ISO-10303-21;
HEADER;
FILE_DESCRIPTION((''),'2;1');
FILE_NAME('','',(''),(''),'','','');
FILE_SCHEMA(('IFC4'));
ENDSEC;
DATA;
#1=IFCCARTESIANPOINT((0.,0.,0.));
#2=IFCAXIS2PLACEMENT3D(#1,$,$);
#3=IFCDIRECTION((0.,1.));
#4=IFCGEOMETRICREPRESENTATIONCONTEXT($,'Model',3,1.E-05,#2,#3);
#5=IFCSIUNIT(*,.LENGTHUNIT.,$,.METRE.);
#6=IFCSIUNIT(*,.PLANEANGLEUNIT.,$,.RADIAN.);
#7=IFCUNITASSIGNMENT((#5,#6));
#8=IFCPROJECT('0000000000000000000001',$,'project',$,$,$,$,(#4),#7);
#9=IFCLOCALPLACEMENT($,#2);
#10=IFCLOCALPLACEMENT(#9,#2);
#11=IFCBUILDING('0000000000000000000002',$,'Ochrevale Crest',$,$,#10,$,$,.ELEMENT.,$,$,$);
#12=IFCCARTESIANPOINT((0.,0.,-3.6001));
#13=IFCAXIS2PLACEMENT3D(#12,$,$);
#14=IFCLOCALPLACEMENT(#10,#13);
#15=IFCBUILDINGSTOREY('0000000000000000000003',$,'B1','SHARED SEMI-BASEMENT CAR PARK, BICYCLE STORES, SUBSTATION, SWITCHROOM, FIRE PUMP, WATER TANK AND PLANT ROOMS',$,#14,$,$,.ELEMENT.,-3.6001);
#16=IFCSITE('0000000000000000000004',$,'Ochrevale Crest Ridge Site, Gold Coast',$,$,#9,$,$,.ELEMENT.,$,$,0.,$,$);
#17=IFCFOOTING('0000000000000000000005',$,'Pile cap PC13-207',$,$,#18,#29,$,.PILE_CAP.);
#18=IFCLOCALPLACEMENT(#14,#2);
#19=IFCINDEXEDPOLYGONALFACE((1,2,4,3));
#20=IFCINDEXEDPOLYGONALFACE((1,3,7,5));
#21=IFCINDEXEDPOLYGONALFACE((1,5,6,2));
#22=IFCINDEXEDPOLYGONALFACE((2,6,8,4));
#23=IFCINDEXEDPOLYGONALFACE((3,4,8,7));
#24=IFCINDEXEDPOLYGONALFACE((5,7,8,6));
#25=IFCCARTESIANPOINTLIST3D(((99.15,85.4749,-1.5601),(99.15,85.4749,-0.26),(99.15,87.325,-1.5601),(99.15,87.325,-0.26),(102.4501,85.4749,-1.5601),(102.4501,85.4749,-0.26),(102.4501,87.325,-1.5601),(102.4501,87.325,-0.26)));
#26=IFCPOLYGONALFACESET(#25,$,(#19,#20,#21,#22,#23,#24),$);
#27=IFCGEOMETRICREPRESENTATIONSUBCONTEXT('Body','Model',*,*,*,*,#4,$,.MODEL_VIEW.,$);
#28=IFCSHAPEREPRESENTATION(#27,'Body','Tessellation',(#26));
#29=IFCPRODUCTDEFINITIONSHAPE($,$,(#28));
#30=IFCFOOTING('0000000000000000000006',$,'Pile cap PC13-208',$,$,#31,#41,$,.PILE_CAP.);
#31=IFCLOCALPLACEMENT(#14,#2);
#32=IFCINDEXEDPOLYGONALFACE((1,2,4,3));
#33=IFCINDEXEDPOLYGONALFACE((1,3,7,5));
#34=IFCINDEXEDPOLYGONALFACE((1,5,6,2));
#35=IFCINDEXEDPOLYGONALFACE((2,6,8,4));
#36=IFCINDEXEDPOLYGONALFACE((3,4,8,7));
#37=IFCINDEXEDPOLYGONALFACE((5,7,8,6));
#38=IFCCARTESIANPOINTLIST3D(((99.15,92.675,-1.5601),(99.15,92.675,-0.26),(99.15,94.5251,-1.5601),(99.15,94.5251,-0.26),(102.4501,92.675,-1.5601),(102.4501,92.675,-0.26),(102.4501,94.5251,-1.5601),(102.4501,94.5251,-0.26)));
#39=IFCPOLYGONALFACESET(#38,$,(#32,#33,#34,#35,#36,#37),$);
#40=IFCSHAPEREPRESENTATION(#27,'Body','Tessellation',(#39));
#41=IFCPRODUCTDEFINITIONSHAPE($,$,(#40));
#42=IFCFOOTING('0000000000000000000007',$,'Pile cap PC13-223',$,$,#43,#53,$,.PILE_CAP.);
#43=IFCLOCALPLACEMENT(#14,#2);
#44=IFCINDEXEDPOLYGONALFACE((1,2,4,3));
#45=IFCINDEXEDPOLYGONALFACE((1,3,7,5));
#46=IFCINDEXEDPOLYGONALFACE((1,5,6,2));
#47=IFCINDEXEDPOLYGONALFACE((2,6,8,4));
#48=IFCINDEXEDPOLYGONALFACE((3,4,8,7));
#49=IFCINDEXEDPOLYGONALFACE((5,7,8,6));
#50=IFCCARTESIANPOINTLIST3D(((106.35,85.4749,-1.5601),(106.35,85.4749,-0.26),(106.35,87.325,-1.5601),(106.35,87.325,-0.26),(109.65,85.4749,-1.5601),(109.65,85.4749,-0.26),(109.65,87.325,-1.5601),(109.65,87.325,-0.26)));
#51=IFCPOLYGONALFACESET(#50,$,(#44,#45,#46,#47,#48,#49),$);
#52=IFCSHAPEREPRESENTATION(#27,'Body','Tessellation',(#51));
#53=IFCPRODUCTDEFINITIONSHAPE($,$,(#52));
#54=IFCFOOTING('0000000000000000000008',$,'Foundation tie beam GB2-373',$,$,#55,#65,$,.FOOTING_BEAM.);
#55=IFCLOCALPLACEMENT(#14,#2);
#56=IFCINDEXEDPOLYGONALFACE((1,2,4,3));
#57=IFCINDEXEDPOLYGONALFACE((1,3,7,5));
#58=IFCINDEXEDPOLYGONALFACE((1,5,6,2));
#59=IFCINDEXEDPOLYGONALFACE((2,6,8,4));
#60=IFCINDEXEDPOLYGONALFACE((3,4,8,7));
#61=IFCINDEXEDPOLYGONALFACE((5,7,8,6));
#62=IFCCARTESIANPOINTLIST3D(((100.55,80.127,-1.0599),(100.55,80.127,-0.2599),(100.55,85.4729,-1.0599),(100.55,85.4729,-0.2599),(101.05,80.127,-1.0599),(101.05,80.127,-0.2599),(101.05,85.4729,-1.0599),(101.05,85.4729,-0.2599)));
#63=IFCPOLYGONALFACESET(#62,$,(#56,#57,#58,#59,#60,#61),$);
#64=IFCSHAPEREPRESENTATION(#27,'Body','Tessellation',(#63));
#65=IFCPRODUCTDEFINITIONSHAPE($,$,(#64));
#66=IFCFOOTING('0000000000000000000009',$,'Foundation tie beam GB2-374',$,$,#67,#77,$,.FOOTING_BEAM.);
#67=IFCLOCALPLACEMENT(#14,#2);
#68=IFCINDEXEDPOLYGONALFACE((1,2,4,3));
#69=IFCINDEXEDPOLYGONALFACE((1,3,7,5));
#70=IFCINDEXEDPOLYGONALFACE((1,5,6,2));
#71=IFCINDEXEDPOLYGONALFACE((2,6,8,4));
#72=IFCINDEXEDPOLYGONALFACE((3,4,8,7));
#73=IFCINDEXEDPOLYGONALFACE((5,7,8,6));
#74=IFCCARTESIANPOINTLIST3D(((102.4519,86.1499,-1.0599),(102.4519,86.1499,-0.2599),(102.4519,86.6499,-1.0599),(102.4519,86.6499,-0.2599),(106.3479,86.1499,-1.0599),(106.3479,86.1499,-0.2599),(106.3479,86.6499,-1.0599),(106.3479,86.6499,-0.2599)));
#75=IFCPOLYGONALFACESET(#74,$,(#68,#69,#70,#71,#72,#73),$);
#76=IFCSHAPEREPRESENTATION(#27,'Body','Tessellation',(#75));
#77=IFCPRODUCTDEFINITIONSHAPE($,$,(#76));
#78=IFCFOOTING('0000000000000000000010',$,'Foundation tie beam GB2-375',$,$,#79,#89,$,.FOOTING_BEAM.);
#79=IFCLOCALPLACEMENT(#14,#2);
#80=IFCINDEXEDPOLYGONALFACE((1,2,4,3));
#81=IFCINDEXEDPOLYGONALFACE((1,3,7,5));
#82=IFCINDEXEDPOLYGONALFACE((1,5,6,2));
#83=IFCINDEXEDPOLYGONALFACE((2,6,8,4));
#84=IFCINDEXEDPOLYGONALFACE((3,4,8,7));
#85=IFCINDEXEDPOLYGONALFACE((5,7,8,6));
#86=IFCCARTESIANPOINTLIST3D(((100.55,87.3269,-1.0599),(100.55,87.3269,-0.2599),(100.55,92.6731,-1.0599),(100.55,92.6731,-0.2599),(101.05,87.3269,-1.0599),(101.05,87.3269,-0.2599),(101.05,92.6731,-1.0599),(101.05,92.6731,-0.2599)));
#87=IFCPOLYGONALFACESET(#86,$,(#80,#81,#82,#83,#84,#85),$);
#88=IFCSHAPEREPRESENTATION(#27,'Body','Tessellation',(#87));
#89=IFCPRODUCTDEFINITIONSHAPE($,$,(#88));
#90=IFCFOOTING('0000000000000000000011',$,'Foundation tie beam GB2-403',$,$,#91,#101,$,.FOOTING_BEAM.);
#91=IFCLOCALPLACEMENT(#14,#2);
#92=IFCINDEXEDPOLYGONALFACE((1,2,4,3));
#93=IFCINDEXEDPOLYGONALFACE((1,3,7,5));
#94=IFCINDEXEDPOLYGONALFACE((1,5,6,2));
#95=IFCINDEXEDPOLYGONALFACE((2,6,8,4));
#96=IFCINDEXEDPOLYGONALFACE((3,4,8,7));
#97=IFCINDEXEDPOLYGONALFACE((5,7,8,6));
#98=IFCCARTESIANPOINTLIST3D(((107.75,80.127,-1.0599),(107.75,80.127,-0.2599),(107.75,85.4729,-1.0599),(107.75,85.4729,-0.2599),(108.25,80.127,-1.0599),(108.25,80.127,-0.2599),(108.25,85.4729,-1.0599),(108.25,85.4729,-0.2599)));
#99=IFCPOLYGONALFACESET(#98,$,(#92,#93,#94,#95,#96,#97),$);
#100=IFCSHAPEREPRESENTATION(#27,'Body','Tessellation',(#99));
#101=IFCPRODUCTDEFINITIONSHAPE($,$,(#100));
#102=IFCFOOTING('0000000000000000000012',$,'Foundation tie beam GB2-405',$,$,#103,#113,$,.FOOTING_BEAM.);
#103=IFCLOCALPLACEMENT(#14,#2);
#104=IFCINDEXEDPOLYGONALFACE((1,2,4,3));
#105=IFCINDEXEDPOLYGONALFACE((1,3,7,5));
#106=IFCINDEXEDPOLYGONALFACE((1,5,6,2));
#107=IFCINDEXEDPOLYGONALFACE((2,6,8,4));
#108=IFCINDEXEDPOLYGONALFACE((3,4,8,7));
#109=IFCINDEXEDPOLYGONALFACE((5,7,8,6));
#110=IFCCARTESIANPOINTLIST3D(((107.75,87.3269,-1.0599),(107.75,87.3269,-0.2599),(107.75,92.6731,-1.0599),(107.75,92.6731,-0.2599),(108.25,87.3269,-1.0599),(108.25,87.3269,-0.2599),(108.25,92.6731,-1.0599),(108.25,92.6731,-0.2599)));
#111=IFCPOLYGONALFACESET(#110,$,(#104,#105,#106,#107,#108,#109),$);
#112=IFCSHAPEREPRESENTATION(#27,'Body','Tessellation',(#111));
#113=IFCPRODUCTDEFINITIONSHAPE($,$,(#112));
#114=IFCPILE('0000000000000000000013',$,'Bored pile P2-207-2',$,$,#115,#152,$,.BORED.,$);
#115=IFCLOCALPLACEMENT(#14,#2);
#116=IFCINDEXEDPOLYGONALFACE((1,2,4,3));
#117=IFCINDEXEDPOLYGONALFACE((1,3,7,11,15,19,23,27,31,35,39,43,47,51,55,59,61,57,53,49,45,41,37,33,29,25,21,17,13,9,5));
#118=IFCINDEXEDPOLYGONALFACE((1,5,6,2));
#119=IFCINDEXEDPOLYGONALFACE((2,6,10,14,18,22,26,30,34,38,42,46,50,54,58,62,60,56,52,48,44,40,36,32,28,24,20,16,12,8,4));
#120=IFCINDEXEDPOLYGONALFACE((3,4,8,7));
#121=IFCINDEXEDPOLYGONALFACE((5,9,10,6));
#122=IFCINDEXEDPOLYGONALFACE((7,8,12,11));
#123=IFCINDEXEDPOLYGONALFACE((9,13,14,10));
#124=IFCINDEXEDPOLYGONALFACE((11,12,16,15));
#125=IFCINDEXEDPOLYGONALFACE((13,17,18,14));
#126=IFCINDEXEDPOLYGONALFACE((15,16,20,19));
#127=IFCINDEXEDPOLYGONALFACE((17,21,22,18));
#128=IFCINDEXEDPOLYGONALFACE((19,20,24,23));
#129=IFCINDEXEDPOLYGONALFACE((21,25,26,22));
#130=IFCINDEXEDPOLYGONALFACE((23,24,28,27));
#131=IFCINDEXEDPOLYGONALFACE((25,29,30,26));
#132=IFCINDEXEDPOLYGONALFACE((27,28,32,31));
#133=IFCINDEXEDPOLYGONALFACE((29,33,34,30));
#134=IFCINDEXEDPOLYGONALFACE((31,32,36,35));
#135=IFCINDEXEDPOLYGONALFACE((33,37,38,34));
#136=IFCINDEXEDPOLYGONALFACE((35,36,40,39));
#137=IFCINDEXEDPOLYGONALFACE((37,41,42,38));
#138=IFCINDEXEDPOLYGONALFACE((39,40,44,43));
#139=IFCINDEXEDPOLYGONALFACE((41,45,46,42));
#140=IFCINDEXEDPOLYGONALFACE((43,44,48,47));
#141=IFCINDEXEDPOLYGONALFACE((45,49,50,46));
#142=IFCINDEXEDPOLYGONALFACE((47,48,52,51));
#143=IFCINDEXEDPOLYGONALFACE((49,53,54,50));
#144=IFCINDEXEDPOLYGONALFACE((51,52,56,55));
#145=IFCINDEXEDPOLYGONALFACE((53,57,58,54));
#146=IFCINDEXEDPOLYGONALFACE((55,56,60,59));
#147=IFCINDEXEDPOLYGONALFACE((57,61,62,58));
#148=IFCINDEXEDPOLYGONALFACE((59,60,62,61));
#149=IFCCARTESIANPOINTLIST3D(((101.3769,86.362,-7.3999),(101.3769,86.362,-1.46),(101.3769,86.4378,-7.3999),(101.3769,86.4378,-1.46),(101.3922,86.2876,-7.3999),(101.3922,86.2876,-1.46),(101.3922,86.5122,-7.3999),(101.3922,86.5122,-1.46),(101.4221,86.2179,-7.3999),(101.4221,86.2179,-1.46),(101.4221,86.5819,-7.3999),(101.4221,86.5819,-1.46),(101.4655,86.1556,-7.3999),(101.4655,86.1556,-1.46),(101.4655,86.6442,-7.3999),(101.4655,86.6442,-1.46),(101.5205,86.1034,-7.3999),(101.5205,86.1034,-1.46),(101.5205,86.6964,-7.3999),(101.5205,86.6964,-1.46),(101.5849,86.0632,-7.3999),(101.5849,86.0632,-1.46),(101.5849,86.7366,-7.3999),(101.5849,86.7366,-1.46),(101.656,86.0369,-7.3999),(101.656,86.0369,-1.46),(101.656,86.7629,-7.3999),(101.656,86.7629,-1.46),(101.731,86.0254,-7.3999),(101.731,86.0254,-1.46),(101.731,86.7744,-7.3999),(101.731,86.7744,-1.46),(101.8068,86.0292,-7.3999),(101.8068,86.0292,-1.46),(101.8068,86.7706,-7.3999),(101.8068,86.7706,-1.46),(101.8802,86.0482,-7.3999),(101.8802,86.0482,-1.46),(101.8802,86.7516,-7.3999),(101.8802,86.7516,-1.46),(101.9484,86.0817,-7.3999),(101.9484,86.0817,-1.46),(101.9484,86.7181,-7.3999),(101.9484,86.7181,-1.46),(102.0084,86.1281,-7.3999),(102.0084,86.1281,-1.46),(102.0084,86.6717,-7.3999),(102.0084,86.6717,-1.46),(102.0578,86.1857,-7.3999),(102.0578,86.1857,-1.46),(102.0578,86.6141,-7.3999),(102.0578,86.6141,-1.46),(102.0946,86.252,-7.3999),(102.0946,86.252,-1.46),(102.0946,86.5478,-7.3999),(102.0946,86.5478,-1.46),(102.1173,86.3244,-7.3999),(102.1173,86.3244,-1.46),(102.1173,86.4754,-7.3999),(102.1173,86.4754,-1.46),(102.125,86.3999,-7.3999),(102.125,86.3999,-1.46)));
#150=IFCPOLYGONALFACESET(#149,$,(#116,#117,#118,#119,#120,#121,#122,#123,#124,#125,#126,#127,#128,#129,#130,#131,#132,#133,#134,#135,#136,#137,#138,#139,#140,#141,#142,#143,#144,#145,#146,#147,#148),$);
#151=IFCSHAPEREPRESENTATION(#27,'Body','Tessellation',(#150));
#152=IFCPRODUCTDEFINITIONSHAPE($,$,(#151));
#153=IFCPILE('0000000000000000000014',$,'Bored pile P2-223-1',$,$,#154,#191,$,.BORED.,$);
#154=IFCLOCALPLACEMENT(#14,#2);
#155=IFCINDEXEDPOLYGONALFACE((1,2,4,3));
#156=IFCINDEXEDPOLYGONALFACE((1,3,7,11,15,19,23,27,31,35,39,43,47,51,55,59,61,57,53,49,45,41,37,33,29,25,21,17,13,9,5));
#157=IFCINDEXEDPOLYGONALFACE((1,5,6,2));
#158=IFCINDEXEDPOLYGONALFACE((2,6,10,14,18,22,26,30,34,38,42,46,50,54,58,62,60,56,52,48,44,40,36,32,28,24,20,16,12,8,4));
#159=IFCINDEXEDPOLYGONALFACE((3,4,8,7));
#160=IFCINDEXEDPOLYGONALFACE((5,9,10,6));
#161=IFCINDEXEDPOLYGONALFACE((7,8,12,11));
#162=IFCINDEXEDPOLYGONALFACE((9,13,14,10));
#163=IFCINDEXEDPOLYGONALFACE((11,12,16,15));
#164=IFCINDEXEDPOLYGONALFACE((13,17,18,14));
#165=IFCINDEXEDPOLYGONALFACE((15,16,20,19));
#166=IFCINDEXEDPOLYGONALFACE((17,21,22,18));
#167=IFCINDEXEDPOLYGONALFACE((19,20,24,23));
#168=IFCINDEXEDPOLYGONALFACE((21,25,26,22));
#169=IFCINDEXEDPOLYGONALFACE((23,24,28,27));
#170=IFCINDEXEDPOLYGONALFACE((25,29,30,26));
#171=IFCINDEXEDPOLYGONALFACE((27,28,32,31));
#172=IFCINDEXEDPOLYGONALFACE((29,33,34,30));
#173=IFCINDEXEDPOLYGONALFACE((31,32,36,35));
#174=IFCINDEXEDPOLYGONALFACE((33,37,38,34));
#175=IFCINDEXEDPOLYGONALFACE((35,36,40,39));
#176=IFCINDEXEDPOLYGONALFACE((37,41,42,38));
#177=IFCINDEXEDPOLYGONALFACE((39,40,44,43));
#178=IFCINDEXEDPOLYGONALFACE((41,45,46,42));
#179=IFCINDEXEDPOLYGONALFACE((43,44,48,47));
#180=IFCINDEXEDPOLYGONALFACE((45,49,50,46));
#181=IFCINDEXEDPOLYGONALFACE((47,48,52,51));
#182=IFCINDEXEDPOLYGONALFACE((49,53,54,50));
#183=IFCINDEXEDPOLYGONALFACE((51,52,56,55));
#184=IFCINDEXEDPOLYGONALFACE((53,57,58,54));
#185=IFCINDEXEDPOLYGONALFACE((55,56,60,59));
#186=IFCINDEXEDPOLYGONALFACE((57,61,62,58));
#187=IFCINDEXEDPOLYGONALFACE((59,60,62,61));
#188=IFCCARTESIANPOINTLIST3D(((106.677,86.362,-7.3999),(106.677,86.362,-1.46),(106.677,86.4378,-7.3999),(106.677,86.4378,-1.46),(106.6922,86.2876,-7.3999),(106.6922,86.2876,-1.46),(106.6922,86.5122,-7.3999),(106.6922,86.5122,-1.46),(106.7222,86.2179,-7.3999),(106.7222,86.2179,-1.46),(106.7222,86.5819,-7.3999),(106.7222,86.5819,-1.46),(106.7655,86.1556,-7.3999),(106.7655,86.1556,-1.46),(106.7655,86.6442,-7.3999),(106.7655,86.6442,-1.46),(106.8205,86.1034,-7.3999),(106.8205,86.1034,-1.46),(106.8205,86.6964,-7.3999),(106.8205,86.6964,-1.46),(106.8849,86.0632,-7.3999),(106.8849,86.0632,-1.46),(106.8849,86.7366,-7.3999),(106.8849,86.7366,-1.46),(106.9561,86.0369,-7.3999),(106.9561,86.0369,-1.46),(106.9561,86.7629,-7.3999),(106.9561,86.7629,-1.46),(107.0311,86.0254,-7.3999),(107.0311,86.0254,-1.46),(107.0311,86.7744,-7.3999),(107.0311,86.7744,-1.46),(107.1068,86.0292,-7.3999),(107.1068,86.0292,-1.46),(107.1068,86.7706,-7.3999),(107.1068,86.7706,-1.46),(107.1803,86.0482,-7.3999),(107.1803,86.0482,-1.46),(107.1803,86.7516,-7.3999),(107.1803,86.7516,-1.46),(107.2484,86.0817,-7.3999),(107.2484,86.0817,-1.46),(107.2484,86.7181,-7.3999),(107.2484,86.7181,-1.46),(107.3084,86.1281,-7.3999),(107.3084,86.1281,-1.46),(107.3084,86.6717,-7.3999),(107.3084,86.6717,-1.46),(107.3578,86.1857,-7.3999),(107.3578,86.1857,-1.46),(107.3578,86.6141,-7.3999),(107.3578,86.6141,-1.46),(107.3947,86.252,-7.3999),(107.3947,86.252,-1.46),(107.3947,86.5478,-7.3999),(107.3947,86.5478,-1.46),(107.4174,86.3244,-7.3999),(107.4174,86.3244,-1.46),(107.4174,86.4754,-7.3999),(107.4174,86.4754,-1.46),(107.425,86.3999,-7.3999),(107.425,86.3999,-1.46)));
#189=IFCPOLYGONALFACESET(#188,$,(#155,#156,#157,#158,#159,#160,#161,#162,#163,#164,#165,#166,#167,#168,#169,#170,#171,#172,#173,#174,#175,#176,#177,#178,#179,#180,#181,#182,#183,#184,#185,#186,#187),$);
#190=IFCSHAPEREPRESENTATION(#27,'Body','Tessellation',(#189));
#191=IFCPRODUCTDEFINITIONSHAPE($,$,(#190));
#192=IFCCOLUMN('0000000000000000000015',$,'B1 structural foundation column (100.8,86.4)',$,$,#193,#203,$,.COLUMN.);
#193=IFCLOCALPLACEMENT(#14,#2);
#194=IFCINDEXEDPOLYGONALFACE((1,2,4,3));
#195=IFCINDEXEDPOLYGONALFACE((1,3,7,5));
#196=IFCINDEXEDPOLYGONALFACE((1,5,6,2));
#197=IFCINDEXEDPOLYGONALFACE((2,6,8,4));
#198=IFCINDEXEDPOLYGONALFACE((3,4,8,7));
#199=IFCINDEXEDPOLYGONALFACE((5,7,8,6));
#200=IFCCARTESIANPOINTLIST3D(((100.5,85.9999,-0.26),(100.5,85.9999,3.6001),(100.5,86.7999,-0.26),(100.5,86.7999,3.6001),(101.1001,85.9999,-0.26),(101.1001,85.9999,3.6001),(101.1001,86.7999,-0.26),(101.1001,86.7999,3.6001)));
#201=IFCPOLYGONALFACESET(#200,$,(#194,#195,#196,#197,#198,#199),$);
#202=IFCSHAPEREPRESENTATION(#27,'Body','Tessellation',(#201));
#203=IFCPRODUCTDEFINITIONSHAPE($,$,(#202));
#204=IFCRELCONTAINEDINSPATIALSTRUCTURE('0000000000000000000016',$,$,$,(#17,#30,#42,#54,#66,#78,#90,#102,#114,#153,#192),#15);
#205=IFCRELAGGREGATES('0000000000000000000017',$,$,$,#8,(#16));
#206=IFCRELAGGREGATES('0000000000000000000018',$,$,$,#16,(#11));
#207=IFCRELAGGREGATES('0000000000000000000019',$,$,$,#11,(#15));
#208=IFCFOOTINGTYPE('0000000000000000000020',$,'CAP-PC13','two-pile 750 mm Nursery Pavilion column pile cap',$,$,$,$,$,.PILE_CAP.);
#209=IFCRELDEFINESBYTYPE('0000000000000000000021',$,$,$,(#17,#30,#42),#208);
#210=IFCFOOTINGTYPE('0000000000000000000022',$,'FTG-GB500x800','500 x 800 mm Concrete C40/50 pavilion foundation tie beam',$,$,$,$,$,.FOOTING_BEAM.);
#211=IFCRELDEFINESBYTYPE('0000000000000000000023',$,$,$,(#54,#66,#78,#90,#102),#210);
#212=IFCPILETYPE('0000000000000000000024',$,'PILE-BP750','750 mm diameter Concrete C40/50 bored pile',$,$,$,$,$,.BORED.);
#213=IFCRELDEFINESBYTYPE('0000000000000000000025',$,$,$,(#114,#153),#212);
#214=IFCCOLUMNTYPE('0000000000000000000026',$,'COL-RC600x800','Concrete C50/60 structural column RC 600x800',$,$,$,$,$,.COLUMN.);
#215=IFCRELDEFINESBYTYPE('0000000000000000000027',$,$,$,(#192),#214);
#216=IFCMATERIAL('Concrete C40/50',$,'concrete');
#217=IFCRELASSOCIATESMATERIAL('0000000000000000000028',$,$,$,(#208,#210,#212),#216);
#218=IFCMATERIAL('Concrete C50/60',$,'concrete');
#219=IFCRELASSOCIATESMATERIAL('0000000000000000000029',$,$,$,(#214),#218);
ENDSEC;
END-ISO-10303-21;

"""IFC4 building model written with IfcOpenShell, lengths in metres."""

from ifc_helpers import new_model, si_unit, direction, frame, origin, origin_2d, place, context, subcontext, project, spatial, rectangle, circle, extrude, material, material_profile, profile_set, type_object, element, save


model = new_model("IFC4")

# Units and contexts
model_context = context("Model", 3, precision=1e-05, world=origin(), true_north=direction((0.0, 1.0)))
body_context = subcontext(model_context, "Body", "Model", "MODEL_VIEW")
ifc_project = project(units=[si_unit("LENGTHUNIT", "METRE"), si_unit("PLANEANGLEUNIT", "RADIAN")], contexts=[model_context])

# Site, building, storey
site_placement = place(None, origin())
site = spatial("IfcSite", under=ifc_project, at=site_placement, Name="Ochrevale Crest Ridge Site, Gold Coast", CompositionType="ELEMENT", RefElevation=0.0)
building_placement = place(site_placement, origin())
building = spatial("IfcBuilding", under=site, at=building_placement, Name="Ochrevale Crest", CompositionType="ELEMENT")
storey_placement = place(building_placement, frame((0.0, 0.0, -3.6001)))
storey = spatial("IfcBuildingStorey", under=building, at=storey_placement, Name="B1", Description="SHARED SEMI-BASEMENT CAR PARK, BICYCLE STORES, SUBSTATION, SWITCHROOM, FIRE PUMP, WATER TANK AND PLANT ROOMS", CompositionType="ELEMENT", Elevation=-3.6001)

# Footings
ifc_material_1 = material(Name="Concrete C40/50", Category="concrete")
footing_type_1 = type_object("IfcFootingType", Name="CAP-PC13", Description="two-pile 750 mm Nursery Pavilion column pile cap", PredefinedType="PILE_CAP", material=ifc_material_1)
for number, where, z_axis, x_axis, name in (
    (1, (100.8, 86.3999, -1.5601), (0.0, 0.0, 1.0), (1.0, 0.0, 0.0), "Pile cap PC13-207"),
    (2, (100.8, 93.6001, -1.5601), (0.0, 0.0, 1.0), (1.0, 0.0, 0.0), "Pile cap PC13-208"),
    (3, (108.0, 86.3999, -1.5601), (0.0, 0.0, 1.0), (1.0, 0.0, 0.0), "Pile cap PC13-223"),
):
    element("IfcFooting", number, at=place(storey_placement, frame(where, z_axis=z_axis, x_axis=x_axis)), inside=storey, type_object=footing_type_1, Name=name, PredefinedType="PILE_CAP", context=body_context, shape_type="SweptSolid", body=[
        extrude(rectangle(XDim=3.3, YDim=1.8501, at=origin_2d()), origin(), (0.0, 0.0, 1.0), 1.3),
    ])
ifc_material_profile_1 = material_profile(ifc_material_1, rectangle(XDim=0.5, YDim=0.8, at=origin_2d()), Name="GB 500x800")
ifc_profile_set_1 = profile_set([ifc_material_profile_1], Name="Concrete C40/50")
footing_type_2 = type_object("IfcFootingType", Name="FTG-GB500x800", Description="500 x 800 mm Concrete C40/50 pavilion foundation tie beam", PredefinedType="FOOTING_BEAM", material=ifc_profile_set_1)
footing_1_placement = place(storey_placement, frame((100.8, 80.127, -0.6599), z_axis=(0.0, 1.0, 0.0), x_axis=(-1.0, 0.0, 0.0)))
element("IfcFooting", 4, at=footing_1_placement, inside=storey, type_object=footing_type_2, Name="Foundation tie beam GB2-373", PredefinedType="FOOTING_BEAM", context=body_context, shape_type="SweptSolid", body=[
    extrude(rectangle(XDim=0.5, YDim=0.8, at=origin_2d()), origin(), (0.0, 0.0, 1.0), 5.3459),
])
footing_2_placement = place(storey_placement, frame((102.4519, 86.3999, -0.6599), z_axis=(1.0, 0.0, 0.0), x_axis=(0.0, 1.0, 0.0)))
element("IfcFooting", 5, at=footing_2_placement, inside=storey, type_object=footing_type_2, Name="Foundation tie beam GB2-374", PredefinedType="FOOTING_BEAM", context=body_context, shape_type="SweptSolid", body=[
    extrude(rectangle(XDim=0.5, YDim=0.8, at=origin_2d()), origin(), (0.0, 0.0, 1.0), 3.896),
])
footing_3_placement = place(storey_placement, frame((100.8, 87.3269, -0.6599), z_axis=(0.0, 1.0, 0.0), x_axis=(-1.0, 0.0, 0.0)))
element("IfcFooting", 6, at=footing_3_placement, inside=storey, type_object=footing_type_2, Name="Foundation tie beam GB2-375", PredefinedType="FOOTING_BEAM", context=body_context, shape_type="SweptSolid", body=[
    extrude(rectangle(XDim=0.5, YDim=0.8, at=origin_2d()), origin(), (0.0, 0.0, 1.0), 5.3462),
])
footing_4_placement = place(storey_placement, frame((108.0, 80.127, -0.6599), z_axis=(0.0, 1.0, 0.0), x_axis=(-1.0, 0.0, 0.0)))
element("IfcFooting", 7, at=footing_4_placement, inside=storey, type_object=footing_type_2, Name="Foundation tie beam GB2-403", PredefinedType="FOOTING_BEAM", context=body_context, shape_type="SweptSolid", body=[
    extrude(rectangle(XDim=0.5, YDim=0.8, at=origin_2d()), origin(), (0.0, 0.0, 1.0), 5.3459),
])
footing_5_placement = place(storey_placement, frame((108.0, 87.3269, -0.6599), z_axis=(0.0, 1.0, 0.0), x_axis=(-1.0, 0.0, 0.0)))
element("IfcFooting", 8, at=footing_5_placement, inside=storey, type_object=footing_type_2, Name="Foundation tie beam GB2-405", PredefinedType="FOOTING_BEAM", context=body_context, shape_type="SweptSolid", body=[
    extrude(rectangle(XDim=0.5, YDim=0.8, at=origin_2d()), origin(), (0.0, 0.0, 1.0), 5.3462),
])

# Piles
ifc_material_profile_2 = material_profile(ifc_material_1, circle(Radius=0.375, at=origin_2d()), Name="BORED PILE 750")
ifc_profile_set_2 = profile_set([ifc_material_profile_2], Name="Concrete C40/50")
pile_type = type_object("IfcPileType", Name="PILE-BP750", Description="750 mm diameter Concrete C40/50 bored pile", PredefinedType="BORED", material=ifc_profile_set_2)
for number, where, z_axis, x_axis, name in (
    (9, (101.75, 86.3999, -1.46), (0.0, 0.0, -1.0), (1.0, 0.0, 0.0), "Bored pile P2-207-2"),
    (10, (107.05, 86.3999, -1.46), (0.0, 0.0, -1.0), (1.0, 0.0, 0.0), "Bored pile P2-223-1"),
):
    element("IfcPile", number, at=place(storey_placement, frame(where, z_axis=z_axis, x_axis=x_axis)), inside=storey, type_object=pile_type, Name=name, PredefinedType="BORED", context=body_context, shape_type="SweptSolid", body=[
        extrude(circle(Radius=0.375, at=origin_2d()), origin(), (0.0, 0.0, 1.0), 5.9399),
    ])

# Column
ifc_material_2 = material(Name="Concrete C50/60", Category="concrete")
ifc_material_profile_3 = material_profile(ifc_material_2, rectangle(XDim=0.6001, YDim=0.8, at=origin_2d()), Name="RC 600x800")
ifc_profile_set_3 = profile_set([ifc_material_profile_3], Name="Concrete C50/60")
column_type = type_object("IfcColumnType", Name="COL-RC600x800", Description="Concrete C50/60 structural column RC 600x800", PredefinedType="COLUMN", material=ifc_profile_set_3)
for number, where, z_axis, x_axis, name in (
    (11, (100.8, 86.3999, -0.26), (0.0, 0.0, 1.0), (1.0, 0.0, 0.0), "B1 structural foundation column (100.8,86.4)"),
):
    element("IfcColumn", number, at=place(storey_placement, frame(where, z_axis=z_axis, x_axis=x_axis)), inside=storey, type_object=column_type, Name=name, PredefinedType="COLUMN", context=body_context, shape_type="SweptSolid", body=[
        extrude(rectangle(XDim=0.6001, YDim=0.8, at=origin_2d()), origin(), (0.0, 0.0, 1.0), 3.8601),
    ])

save(model, "model.ifc")
